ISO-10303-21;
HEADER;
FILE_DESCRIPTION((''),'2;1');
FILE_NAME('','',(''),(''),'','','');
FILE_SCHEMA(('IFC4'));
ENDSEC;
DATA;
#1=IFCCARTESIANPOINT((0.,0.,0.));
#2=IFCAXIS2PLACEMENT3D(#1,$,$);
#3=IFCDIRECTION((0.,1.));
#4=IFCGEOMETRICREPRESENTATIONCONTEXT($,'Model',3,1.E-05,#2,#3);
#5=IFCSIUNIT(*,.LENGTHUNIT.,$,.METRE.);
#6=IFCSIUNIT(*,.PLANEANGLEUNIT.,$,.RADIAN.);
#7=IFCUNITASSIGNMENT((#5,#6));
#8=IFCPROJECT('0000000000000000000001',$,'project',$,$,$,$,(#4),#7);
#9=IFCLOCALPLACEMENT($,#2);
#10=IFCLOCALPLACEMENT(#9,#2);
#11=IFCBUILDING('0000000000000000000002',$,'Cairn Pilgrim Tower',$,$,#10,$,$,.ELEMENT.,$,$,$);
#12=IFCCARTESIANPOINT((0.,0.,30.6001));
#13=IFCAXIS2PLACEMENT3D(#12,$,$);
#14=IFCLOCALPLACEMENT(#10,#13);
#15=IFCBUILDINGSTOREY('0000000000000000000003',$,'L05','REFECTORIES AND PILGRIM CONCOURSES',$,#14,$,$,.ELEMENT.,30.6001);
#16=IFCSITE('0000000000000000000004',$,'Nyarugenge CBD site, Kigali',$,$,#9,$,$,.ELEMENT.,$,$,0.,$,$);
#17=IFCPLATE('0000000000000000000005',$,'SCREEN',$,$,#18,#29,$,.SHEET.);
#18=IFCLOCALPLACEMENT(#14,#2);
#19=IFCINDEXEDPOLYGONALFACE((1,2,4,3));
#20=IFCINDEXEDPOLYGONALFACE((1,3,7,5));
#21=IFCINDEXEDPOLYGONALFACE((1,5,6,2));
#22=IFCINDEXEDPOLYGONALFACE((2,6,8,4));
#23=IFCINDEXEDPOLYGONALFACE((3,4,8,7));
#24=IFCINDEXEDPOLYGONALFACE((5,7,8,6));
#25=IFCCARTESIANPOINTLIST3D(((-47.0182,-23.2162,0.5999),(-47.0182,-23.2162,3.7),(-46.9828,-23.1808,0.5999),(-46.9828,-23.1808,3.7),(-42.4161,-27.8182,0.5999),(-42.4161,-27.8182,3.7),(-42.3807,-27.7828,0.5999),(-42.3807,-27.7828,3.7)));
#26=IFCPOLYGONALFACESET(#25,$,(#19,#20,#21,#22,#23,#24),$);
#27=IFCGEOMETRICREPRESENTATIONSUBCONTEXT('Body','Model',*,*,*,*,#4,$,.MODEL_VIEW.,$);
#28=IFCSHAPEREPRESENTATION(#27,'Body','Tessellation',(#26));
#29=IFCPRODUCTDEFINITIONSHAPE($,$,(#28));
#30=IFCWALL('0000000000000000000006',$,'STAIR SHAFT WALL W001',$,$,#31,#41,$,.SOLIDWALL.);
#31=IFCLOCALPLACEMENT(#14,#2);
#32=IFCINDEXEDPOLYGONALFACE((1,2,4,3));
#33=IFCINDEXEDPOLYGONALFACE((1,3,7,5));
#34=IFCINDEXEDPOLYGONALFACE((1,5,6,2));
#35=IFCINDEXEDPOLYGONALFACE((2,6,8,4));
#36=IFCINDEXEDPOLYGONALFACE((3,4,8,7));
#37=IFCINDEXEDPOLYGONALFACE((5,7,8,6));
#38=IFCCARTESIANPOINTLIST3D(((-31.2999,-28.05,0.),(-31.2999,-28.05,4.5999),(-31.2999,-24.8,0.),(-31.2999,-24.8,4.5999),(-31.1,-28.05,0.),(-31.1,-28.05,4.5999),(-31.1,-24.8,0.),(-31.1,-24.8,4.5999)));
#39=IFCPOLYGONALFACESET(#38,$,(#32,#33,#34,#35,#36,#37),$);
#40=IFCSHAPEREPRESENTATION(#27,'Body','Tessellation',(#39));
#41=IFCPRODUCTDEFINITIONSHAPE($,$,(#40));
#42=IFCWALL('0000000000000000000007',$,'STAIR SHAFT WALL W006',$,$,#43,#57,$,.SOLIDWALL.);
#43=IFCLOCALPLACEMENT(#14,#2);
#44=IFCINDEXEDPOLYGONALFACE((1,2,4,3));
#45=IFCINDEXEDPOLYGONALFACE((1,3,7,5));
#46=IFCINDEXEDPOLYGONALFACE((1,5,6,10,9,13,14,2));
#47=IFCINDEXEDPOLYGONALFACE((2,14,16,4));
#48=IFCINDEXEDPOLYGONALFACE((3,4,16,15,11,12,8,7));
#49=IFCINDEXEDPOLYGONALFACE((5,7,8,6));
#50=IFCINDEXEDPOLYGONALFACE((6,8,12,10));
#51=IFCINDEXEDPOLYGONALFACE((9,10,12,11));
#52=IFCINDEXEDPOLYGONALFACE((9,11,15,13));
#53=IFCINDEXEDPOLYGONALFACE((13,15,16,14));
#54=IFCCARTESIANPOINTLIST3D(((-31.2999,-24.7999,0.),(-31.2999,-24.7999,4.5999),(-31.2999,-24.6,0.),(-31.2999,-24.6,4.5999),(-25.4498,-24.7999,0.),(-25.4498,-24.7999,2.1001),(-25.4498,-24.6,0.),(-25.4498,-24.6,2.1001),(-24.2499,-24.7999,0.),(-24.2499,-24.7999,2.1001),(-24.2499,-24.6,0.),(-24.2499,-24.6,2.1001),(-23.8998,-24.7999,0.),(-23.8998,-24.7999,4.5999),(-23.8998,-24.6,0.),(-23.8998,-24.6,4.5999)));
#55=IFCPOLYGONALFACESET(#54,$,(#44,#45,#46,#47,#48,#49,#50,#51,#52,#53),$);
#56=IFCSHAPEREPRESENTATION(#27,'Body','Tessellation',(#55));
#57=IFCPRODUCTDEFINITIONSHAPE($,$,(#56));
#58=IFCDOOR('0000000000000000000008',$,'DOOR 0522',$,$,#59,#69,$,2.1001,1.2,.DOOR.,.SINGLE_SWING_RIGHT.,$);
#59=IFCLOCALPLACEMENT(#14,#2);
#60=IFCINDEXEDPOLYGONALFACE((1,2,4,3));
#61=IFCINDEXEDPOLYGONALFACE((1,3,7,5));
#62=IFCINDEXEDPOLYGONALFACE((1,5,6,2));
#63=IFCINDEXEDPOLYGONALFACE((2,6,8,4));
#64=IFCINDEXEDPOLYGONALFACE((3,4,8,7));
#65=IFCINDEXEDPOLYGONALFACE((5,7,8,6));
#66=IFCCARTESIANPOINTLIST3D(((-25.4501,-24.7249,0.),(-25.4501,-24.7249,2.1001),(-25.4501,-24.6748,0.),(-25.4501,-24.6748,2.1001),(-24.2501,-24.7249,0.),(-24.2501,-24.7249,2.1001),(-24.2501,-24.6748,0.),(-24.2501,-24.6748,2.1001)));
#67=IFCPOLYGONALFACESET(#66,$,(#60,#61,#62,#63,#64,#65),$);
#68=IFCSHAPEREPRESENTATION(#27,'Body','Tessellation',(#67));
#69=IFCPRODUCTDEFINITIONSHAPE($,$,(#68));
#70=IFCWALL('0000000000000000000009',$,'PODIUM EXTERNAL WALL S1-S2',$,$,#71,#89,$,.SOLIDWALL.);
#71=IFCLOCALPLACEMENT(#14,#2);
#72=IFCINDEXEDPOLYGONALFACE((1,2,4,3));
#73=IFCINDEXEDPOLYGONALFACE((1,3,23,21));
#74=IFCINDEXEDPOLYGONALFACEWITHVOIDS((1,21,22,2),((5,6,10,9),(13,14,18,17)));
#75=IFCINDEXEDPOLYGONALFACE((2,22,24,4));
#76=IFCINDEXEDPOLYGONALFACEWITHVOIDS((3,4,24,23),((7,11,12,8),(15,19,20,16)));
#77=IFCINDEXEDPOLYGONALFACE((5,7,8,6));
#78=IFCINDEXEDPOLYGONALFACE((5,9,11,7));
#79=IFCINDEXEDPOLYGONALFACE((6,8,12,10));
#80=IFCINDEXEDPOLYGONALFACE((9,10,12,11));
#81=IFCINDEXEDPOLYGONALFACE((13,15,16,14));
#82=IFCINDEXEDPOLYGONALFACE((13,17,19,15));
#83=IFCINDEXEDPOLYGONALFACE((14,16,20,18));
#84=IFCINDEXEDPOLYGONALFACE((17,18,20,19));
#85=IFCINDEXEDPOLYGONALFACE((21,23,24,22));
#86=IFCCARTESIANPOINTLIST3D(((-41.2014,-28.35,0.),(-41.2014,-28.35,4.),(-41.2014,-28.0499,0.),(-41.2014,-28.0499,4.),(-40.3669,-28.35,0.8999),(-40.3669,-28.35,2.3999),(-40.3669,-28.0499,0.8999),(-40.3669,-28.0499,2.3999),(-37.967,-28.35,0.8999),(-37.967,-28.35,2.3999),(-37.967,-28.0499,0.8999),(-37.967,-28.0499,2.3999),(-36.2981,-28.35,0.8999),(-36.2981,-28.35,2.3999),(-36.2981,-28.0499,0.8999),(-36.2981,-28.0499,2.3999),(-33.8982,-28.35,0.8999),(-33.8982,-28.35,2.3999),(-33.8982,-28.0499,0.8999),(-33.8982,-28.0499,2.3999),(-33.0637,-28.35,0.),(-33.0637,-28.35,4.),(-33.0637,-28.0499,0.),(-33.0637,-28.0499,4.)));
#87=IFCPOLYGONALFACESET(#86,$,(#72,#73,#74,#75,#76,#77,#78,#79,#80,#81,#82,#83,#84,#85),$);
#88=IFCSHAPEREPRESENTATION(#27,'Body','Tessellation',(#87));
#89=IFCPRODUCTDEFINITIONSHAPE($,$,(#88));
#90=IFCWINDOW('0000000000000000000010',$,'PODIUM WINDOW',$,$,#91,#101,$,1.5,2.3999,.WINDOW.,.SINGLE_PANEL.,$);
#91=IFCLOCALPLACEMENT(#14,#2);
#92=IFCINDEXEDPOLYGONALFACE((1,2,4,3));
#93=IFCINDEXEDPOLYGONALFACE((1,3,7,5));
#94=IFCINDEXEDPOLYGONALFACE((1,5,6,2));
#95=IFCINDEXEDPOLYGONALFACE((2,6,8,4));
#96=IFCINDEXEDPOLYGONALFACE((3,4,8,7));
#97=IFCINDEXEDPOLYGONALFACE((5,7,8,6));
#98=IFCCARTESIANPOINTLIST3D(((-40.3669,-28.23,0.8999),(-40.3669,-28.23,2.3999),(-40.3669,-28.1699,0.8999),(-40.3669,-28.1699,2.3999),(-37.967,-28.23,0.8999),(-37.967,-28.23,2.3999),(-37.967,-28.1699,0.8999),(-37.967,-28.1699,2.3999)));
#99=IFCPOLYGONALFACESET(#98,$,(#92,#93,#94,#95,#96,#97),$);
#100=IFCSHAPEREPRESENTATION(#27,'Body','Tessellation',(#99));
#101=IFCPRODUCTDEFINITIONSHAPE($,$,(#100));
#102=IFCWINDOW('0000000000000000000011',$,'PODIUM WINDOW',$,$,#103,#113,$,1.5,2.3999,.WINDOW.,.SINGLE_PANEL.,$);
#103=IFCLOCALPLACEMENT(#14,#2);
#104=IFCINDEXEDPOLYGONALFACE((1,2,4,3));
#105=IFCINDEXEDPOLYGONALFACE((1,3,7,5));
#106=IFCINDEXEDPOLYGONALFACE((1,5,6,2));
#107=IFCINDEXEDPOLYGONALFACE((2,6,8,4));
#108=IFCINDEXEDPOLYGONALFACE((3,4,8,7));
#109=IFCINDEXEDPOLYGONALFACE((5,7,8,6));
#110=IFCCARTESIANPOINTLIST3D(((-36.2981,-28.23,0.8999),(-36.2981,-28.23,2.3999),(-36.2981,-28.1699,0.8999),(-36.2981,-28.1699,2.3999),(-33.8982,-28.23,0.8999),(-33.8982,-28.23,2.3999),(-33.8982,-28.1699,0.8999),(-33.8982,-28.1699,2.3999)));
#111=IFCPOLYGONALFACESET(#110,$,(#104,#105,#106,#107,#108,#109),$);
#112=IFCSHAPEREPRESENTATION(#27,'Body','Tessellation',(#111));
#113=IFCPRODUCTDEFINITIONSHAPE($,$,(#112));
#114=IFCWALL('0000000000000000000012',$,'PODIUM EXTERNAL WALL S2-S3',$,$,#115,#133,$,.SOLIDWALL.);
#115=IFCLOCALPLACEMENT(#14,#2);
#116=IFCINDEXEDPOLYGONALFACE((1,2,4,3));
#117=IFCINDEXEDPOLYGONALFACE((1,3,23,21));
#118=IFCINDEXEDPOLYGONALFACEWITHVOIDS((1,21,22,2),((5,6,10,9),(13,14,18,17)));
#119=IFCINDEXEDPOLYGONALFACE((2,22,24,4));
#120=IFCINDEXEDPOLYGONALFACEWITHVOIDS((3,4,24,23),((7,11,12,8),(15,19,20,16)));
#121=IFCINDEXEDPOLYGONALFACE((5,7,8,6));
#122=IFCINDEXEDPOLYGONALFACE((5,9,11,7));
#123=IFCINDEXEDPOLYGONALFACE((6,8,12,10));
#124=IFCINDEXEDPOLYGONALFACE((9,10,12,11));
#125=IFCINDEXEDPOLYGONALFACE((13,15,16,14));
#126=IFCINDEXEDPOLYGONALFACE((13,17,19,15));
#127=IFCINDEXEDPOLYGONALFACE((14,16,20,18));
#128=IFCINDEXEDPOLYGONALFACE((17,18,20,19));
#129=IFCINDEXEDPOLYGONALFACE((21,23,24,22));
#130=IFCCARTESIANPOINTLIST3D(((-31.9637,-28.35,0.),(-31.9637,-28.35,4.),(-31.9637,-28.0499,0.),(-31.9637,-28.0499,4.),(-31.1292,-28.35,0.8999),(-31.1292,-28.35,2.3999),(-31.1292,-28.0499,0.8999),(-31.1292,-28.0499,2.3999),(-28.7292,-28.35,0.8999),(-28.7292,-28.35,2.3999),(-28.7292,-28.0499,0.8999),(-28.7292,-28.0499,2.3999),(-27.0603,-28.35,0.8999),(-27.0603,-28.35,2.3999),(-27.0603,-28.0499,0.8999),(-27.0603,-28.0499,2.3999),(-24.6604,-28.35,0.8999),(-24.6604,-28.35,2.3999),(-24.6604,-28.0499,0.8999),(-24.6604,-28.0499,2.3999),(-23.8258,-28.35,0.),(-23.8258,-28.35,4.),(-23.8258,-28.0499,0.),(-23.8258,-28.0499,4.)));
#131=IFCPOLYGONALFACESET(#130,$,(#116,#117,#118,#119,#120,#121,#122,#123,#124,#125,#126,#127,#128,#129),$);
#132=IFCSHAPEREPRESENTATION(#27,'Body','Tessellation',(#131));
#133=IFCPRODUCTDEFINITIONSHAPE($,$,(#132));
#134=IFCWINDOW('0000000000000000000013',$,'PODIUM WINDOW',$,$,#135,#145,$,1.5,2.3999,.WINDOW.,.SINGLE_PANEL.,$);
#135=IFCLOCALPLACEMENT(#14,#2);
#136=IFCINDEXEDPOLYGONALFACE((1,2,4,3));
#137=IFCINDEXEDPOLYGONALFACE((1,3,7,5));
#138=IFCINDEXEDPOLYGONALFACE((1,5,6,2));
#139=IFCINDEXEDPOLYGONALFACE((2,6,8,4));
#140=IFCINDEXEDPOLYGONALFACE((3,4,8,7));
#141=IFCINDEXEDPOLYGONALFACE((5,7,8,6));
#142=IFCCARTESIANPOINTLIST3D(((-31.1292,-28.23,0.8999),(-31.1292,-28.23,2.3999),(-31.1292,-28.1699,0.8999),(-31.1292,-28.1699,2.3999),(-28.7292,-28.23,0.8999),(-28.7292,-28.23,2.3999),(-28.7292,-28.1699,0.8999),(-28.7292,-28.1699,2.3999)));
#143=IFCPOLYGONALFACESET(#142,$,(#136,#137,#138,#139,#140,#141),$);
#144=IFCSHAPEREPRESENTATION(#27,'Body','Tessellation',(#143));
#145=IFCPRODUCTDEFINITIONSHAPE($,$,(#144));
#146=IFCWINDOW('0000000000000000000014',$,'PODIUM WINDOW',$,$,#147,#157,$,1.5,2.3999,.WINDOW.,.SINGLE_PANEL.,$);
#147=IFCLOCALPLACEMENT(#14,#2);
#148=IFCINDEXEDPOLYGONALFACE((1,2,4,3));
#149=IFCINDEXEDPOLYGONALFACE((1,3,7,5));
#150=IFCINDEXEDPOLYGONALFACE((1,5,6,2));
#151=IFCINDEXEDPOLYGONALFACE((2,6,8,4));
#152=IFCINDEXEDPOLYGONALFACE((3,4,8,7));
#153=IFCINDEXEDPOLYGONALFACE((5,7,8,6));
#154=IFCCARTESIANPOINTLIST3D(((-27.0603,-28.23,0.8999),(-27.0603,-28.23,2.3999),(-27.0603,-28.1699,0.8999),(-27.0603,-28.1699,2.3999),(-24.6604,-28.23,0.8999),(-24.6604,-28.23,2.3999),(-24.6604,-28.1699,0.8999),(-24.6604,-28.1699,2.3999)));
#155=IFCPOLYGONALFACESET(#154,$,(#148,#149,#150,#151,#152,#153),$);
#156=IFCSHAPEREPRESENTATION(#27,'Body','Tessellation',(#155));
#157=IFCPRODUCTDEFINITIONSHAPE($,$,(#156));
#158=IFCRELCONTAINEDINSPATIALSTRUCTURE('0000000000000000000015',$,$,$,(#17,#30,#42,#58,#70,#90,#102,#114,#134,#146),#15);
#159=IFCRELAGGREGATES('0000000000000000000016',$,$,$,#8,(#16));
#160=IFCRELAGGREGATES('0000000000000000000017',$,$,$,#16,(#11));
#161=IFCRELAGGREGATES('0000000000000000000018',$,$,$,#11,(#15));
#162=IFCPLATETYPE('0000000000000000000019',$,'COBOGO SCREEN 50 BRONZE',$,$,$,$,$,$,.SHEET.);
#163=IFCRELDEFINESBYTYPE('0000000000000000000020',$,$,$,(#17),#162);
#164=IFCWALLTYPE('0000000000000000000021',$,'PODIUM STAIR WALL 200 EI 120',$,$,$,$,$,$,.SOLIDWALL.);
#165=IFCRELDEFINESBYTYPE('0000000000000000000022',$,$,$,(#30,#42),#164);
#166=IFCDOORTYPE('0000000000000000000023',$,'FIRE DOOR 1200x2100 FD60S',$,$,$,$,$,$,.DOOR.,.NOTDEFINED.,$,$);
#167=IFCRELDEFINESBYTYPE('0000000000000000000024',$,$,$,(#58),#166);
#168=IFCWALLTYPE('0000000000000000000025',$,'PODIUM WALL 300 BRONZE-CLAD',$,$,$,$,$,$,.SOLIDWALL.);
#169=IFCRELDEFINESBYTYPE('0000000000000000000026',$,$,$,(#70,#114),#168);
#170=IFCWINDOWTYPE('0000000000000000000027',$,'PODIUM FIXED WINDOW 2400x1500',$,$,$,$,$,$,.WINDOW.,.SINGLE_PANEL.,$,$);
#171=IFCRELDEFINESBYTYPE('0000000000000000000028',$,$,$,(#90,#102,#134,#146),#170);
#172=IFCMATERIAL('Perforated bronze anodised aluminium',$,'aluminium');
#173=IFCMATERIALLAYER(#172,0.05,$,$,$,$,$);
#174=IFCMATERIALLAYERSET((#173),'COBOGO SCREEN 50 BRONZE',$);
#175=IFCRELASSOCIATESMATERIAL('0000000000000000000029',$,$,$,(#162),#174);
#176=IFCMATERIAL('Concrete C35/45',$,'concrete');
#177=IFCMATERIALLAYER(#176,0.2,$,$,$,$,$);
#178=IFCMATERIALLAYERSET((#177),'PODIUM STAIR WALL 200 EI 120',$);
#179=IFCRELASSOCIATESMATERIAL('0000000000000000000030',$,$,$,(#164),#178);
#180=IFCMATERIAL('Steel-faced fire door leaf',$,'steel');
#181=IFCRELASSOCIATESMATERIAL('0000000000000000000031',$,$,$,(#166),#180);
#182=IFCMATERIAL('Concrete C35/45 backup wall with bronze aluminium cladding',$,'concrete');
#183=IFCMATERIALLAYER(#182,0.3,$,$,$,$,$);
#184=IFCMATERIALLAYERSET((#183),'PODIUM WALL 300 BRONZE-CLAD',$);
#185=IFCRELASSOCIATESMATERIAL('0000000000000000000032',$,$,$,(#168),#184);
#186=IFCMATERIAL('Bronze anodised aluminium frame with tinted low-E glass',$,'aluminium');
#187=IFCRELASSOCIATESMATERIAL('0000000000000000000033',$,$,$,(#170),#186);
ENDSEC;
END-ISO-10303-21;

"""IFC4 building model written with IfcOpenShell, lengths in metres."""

from ifc_helpers import new_model, si_unit, direction, frame, frame_2d, origin, origin_2d, place, context, subcontext, project, spatial, rectangle, extrude, material, layer, layer_set, type_object, element, fill, save


model = new_model("IFC4")

# Units and contexts
model_context = context("Model", 3, precision=1e-05, world=origin(), true_north=direction((0.0, 1.0)))
body_context = subcontext(model_context, "Body", "Model", "MODEL_VIEW")
ifc_project = project(units=[si_unit("LENGTHUNIT", "METRE"), si_unit("PLANEANGLEUNIT", "RADIAN")], contexts=[model_context])

# Site, building, storey
site_placement = place(None, origin())
site = spatial("IfcSite", under=ifc_project, at=site_placement, Name="Nyarugenge CBD site, Kigali", CompositionType="ELEMENT", RefElevation=0.0)
building_placement = place(site_placement, origin())
building = spatial("IfcBuilding", under=site, at=building_placement, Name="Cairn Pilgrim Tower", CompositionType="ELEMENT")
storey_placement = place(building_placement, frame((0.0, 0.0, 30.6001)))
storey = spatial("IfcBuildingStorey", under=building, at=storey_placement, Name="L05", Description="REFECTORIES AND PILGRIM CONCOURSES", CompositionType="ELEMENT", Elevation=30.6001)

# Plate
ifc_material_1 = material(Name="Perforated bronze anodised aluminium", Category="aluminium")
ifc_layer_1 = layer(ifc_material_1, 0.05)
ifc_layer_set_1 = layer_set([ifc_layer_1], Name="COBOGO SCREEN 50 BRONZE")
plate_type_1 = type_object("IfcPlateType", Name="COBOGO SCREEN 50 BRONZE", PredefinedType="SHEET", material=ifc_layer_set_1)
plate_1_placement = place(storey_placement, frame((-44.6995, -25.4995, 0.5999), z_axis=(0.0, 0.0, 1.0), x_axis=(0.707107, -0.707107, 0.0)))
element("IfcPlate", 1, at=plate_1_placement, inside=storey, type_object=plate_type_1, Name="SCREEN", PredefinedType="SHEET", context=body_context, shape_type="SweptSolid", body=[
    extrude(rectangle(XDim=6.5083, YDim=0.05, at=origin_2d()), origin(), (0.0, 0.0, 1.0), 3.1001),
])

# Wall
ifc_material_2 = material(Name="Concrete C35/45", Category="concrete")
ifc_layer_2 = layer(ifc_material_2, 0.2)
ifc_layer_set_2 = layer_set([ifc_layer_2], Name="PODIUM STAIR WALL 200 EI 120")
wall_type_1 = type_object("IfcWallType", Name="PODIUM STAIR WALL 200 EI 120", PredefinedType="SOLIDWALL", material=ifc_layer_set_2)
wall_1_placement = place(storey_placement, frame((-31.2, -28.05, 0.0), z_axis=(0.0, 0.0, 1.0), x_axis=(0.0, 1.0, 0.0)))
element("IfcWall", 2, at=wall_1_placement, inside=storey, type_object=wall_type_1, Name="STAIR SHAFT WALL W001", PredefinedType="SOLIDWALL", context=body_context, shape_type="SweptSolid", body=[
    extrude(rectangle(XDim=3.25, YDim=0.2, at=frame_2d((1.625, 0.0))), origin(), (0.0, 0.0, 1.0), 4.5999),
])

# Wall, opening, door
wall_2_placement = place(storey_placement, frame((-31.3, -24.7, 0.0), z_axis=(0.0, 0.0, 1.0), x_axis=(1.0, 0.0, 0.0)))
wall_2 = element("IfcWall", 3, at=wall_2_placement, inside=storey, type_object=wall_type_1, Name="STAIR SHAFT WALL W006", PredefinedType="SOLIDWALL", context=body_context, shape_type="SweptSolid", body=[
    extrude(rectangle(XDim=7.4001, YDim=0.2, at=frame_2d((3.7002, 0.0))), origin(), (0.0, 0.0, 1.0), 4.5999),
])
opening_1_placement = place(wall_2_placement, frame((5.8501, 0.0, 0.0)))
opening_1 = element("IfcOpeningElement", 4, at=opening_1_placement, cuts=wall_2, PredefinedType="OPENING", context=body_context, shape_type="SweptSolid", body=[
    extrude(rectangle(XDim=1.2, YDim=2.1001, at=frame_2d((0.6001, 1.05))), frame((0.0, 0.1099, 0.0), z_axis=(0.0, -1.0, 0.0), x_axis=(1.0, 0.0, 0.0)), (0.0, 0.0, 1.0), 0.22),
])
ifc_material_3 = material(Name="Steel-faced fire door leaf", Category="steel")
door_type = type_object("IfcDoorType", Name="FIRE DOOR 1200x2100 FD60S", OperationType="NOTDEFINED", PredefinedType="DOOR", material=ifc_material_3)
door_placement = place(opening_1_placement, frame((1.2, 0.0, 0.0), z_axis=(0.0, 0.0, 1.0), x_axis=(-1.0, 0.0, 0.0)))
door = element("IfcDoor", 5, at=door_placement, inside=storey, type_object=door_type, Name="DOOR 0522", OperationType="SINGLE_SWING_RIGHT", OverallHeight=2.1001, OverallWidth=1.2, PredefinedType="DOOR", context=body_context, shape_type="SweptSolid", body=[
    extrude(rectangle(XDim=1.2, YDim=2.1001, at=frame_2d((0.6001, 1.05))), frame((0.0, 0.0249, 0.0), z_axis=(0.0, -1.0, 0.0), x_axis=(1.0, 0.0, 0.0)), (0.0, 0.0, 1.0), 0.05),
])
fill(opening_1, door)

# Walls, openings, windows
ifc_material_4 = material(Name="Concrete C35/45 backup wall with bronze aluminium cladding", Category="concrete")
ifc_layer_3 = layer(ifc_material_4, 0.3)
ifc_layer_set_3 = layer_set([ifc_layer_3], Name="PODIUM WALL 300 BRONZE-CLAD")
wall_type_2 = type_object("IfcWallType", Name="PODIUM WALL 300 BRONZE-CLAD", PredefinedType="SOLIDWALL", material=ifc_layer_set_3)
wall_3_placement = place(storey_placement, frame((-41.2014, -28.2, 0.0), z_axis=(0.0, 0.0, 1.0), x_axis=(1.0, 0.0, 0.0)))
wall_3 = element("IfcWall", 6, at=wall_3_placement, inside=storey, type_object=wall_type_2, Name="PODIUM EXTERNAL WALL S1-S2", PredefinedType="SOLIDWALL", context=body_context, shape_type="SweptSolid", body=[
    extrude(rectangle(XDim=8.1377, YDim=0.3, at=frame_2d((4.0688, 0.0))), origin(), (0.0, 0.0, 1.0), 4.0),
])
opening_2_placement = place(wall_3_placement, frame((0.8345, 0.0, 0.8999)))
opening_2 = element("IfcOpeningElement", 7, at=opening_2_placement, cuts=wall_3, PredefinedType="OPENING", context=body_context, shape_type="SweptSolid", body=[
    extrude(rectangle(XDim=2.3999, YDim=1.5, at=frame_2d((1.2, 0.75))), frame((0.0, 0.1602, 0.0), z_axis=(0.0, -1.0, 0.0), x_axis=(1.0, 0.0, 0.0)), (0.0, 0.0, 1.0), 0.3201),
])
opening_3_placement = place(wall_3_placement, frame((4.9033, 0.0, 0.8999)))
opening_3 = element("IfcOpeningElement", 8, at=opening_3_placement, cuts=wall_3, PredefinedType="OPENING", context=body_context, shape_type="SweptSolid", body=[
    extrude(rectangle(XDim=2.3999, YDim=1.5, at=frame_2d((1.2, 0.75))), frame((0.0, 0.1602, 0.0), z_axis=(0.0, -1.0, 0.0), x_axis=(1.0, 0.0, 0.0)), (0.0, 0.0, 1.0), 0.3201),
])
ifc_material_5 = material(Name="Bronze anodised aluminium frame with tinted low-E glass", Category="aluminium")
window_type = type_object("IfcWindowType", Name="PODIUM FIXED WINDOW 2400x1500", PartitioningType="SINGLE_PANEL", PredefinedType="WINDOW", material=ifc_material_5)
window_1_placement = place(opening_2_placement, origin())
window_1 = element("IfcWindow", 9, at=window_1_placement, inside=storey, type_object=window_type, Name="PODIUM WINDOW", OverallHeight=1.5, OverallWidth=2.3999, PartitioningType="SINGLE_PANEL", PredefinedType="WINDOW", context=body_context, shape_type="SweptSolid", body=[
    extrude(rectangle(XDim=2.3999, YDim=1.5, at=frame_2d((1.2, 0.75))), frame((0.0, 0.03, 0.0), z_axis=(0.0, -1.0, 0.0), x_axis=(1.0, 0.0, 0.0)), (0.0, 0.0, 1.0), 0.0601),
])
fill(opening_2, window_1)
window_2_placement = place(opening_3_placement, origin())
window_2 = element("IfcWindow", 10, at=window_2_placement, inside=storey, type_object=window_type, Name="PODIUM WINDOW", OverallHeight=1.5, OverallWidth=2.3999, PartitioningType="SINGLE_PANEL", PredefinedType="WINDOW", context=body_context, shape_type="SweptSolid", body=[
    extrude(rectangle(XDim=2.3999, YDim=1.5, at=frame_2d((1.2, 0.75))), frame((0.0, 0.03, 0.0), z_axis=(0.0, -1.0, 0.0), x_axis=(1.0, 0.0, 0.0)), (0.0, 0.0, 1.0), 0.0601),
])
fill(opening_3, window_2)
wall_4_placement = place(storey_placement, frame((-31.9636, -28.2, 0.0), z_axis=(0.0, 0.0, 1.0), x_axis=(1.0, 0.0, 0.0)))
wall_4 = element("IfcWall", 11, at=wall_4_placement, inside=storey, type_object=wall_type_2, Name="PODIUM EXTERNAL WALL S2-S3", PredefinedType="SOLIDWALL", context=body_context, shape_type="SweptSolid", body=[
    extrude(rectangle(XDim=8.1379, YDim=0.3, at=frame_2d((4.0688, 0.0))), origin(), (0.0, 0.0, 1.0), 4.0),
])
opening_4_placement = place(wall_4_placement, frame((0.8345, 0.0, 0.8999)))
opening_4 = element("IfcOpeningElement", 12, at=opening_4_placement, cuts=wall_4, PredefinedType="OPENING", context=body_context, shape_type="SweptSolid", body=[
    extrude(rectangle(XDim=2.3999, YDim=1.5, at=frame_2d((1.2, 0.75))), frame((0.0, 0.1602, 0.0), z_axis=(0.0, -1.0, 0.0), x_axis=(1.0, 0.0, 0.0)), (0.0, 0.0, 1.0), 0.3201),
])
opening_5_placement = place(wall_4_placement, frame((4.9033, 0.0, 0.8999)))
opening_5 = element("IfcOpeningElement", 13, at=opening_5_placement, cuts=wall_4, PredefinedType="OPENING", context=body_context, shape_type="SweptSolid", body=[
    extrude(rectangle(XDim=2.3999, YDim=1.5, at=frame_2d((1.2, 0.75))), frame((0.0, 0.1602, 0.0), z_axis=(0.0, -1.0, 0.0), x_axis=(1.0, 0.0, 0.0)), (0.0, 0.0, 1.0), 0.3201),
])
window_3_placement = place(opening_4_placement, origin())
window_3 = element("IfcWindow", 14, at=window_3_placement, inside=storey, type_object=window_type, Name="PODIUM WINDOW", OverallHeight=1.5, OverallWidth=2.3999, PartitioningType="SINGLE_PANEL", PredefinedType="WINDOW", context=body_context, shape_type="SweptSolid", body=[
    extrude(rectangle(XDim=2.3999, YDim=1.5, at=frame_2d((1.2, 0.75))), frame((0.0, 0.03, 0.0), z_axis=(0.0, -1.0, 0.0), x_axis=(1.0, 0.0, 0.0)), (0.0, 0.0, 1.0), 0.0601),
])
fill(opening_4, window_3)
window_4_placement = place(opening_5_placement, origin())
window_4 = element("IfcWindow", 15, at=window_4_placement, inside=storey, type_object=window_type, Name="PODIUM WINDOW", OverallHeight=1.5, OverallWidth=2.3999, PartitioningType="SINGLE_PANEL", PredefinedType="WINDOW", context=body_context, shape_type="SweptSolid", body=[
    extrude(rectangle(XDim=2.3999, YDim=1.5, at=frame_2d((1.2, 0.75))), frame((0.0, 0.03, 0.0), z_axis=(0.0, -1.0, 0.0), x_axis=(1.0, 0.0, 0.0)), (0.0, 0.0, 1.0), 0.0601),
])
fill(opening_5, window_4)

save(model, "model.ifc")
